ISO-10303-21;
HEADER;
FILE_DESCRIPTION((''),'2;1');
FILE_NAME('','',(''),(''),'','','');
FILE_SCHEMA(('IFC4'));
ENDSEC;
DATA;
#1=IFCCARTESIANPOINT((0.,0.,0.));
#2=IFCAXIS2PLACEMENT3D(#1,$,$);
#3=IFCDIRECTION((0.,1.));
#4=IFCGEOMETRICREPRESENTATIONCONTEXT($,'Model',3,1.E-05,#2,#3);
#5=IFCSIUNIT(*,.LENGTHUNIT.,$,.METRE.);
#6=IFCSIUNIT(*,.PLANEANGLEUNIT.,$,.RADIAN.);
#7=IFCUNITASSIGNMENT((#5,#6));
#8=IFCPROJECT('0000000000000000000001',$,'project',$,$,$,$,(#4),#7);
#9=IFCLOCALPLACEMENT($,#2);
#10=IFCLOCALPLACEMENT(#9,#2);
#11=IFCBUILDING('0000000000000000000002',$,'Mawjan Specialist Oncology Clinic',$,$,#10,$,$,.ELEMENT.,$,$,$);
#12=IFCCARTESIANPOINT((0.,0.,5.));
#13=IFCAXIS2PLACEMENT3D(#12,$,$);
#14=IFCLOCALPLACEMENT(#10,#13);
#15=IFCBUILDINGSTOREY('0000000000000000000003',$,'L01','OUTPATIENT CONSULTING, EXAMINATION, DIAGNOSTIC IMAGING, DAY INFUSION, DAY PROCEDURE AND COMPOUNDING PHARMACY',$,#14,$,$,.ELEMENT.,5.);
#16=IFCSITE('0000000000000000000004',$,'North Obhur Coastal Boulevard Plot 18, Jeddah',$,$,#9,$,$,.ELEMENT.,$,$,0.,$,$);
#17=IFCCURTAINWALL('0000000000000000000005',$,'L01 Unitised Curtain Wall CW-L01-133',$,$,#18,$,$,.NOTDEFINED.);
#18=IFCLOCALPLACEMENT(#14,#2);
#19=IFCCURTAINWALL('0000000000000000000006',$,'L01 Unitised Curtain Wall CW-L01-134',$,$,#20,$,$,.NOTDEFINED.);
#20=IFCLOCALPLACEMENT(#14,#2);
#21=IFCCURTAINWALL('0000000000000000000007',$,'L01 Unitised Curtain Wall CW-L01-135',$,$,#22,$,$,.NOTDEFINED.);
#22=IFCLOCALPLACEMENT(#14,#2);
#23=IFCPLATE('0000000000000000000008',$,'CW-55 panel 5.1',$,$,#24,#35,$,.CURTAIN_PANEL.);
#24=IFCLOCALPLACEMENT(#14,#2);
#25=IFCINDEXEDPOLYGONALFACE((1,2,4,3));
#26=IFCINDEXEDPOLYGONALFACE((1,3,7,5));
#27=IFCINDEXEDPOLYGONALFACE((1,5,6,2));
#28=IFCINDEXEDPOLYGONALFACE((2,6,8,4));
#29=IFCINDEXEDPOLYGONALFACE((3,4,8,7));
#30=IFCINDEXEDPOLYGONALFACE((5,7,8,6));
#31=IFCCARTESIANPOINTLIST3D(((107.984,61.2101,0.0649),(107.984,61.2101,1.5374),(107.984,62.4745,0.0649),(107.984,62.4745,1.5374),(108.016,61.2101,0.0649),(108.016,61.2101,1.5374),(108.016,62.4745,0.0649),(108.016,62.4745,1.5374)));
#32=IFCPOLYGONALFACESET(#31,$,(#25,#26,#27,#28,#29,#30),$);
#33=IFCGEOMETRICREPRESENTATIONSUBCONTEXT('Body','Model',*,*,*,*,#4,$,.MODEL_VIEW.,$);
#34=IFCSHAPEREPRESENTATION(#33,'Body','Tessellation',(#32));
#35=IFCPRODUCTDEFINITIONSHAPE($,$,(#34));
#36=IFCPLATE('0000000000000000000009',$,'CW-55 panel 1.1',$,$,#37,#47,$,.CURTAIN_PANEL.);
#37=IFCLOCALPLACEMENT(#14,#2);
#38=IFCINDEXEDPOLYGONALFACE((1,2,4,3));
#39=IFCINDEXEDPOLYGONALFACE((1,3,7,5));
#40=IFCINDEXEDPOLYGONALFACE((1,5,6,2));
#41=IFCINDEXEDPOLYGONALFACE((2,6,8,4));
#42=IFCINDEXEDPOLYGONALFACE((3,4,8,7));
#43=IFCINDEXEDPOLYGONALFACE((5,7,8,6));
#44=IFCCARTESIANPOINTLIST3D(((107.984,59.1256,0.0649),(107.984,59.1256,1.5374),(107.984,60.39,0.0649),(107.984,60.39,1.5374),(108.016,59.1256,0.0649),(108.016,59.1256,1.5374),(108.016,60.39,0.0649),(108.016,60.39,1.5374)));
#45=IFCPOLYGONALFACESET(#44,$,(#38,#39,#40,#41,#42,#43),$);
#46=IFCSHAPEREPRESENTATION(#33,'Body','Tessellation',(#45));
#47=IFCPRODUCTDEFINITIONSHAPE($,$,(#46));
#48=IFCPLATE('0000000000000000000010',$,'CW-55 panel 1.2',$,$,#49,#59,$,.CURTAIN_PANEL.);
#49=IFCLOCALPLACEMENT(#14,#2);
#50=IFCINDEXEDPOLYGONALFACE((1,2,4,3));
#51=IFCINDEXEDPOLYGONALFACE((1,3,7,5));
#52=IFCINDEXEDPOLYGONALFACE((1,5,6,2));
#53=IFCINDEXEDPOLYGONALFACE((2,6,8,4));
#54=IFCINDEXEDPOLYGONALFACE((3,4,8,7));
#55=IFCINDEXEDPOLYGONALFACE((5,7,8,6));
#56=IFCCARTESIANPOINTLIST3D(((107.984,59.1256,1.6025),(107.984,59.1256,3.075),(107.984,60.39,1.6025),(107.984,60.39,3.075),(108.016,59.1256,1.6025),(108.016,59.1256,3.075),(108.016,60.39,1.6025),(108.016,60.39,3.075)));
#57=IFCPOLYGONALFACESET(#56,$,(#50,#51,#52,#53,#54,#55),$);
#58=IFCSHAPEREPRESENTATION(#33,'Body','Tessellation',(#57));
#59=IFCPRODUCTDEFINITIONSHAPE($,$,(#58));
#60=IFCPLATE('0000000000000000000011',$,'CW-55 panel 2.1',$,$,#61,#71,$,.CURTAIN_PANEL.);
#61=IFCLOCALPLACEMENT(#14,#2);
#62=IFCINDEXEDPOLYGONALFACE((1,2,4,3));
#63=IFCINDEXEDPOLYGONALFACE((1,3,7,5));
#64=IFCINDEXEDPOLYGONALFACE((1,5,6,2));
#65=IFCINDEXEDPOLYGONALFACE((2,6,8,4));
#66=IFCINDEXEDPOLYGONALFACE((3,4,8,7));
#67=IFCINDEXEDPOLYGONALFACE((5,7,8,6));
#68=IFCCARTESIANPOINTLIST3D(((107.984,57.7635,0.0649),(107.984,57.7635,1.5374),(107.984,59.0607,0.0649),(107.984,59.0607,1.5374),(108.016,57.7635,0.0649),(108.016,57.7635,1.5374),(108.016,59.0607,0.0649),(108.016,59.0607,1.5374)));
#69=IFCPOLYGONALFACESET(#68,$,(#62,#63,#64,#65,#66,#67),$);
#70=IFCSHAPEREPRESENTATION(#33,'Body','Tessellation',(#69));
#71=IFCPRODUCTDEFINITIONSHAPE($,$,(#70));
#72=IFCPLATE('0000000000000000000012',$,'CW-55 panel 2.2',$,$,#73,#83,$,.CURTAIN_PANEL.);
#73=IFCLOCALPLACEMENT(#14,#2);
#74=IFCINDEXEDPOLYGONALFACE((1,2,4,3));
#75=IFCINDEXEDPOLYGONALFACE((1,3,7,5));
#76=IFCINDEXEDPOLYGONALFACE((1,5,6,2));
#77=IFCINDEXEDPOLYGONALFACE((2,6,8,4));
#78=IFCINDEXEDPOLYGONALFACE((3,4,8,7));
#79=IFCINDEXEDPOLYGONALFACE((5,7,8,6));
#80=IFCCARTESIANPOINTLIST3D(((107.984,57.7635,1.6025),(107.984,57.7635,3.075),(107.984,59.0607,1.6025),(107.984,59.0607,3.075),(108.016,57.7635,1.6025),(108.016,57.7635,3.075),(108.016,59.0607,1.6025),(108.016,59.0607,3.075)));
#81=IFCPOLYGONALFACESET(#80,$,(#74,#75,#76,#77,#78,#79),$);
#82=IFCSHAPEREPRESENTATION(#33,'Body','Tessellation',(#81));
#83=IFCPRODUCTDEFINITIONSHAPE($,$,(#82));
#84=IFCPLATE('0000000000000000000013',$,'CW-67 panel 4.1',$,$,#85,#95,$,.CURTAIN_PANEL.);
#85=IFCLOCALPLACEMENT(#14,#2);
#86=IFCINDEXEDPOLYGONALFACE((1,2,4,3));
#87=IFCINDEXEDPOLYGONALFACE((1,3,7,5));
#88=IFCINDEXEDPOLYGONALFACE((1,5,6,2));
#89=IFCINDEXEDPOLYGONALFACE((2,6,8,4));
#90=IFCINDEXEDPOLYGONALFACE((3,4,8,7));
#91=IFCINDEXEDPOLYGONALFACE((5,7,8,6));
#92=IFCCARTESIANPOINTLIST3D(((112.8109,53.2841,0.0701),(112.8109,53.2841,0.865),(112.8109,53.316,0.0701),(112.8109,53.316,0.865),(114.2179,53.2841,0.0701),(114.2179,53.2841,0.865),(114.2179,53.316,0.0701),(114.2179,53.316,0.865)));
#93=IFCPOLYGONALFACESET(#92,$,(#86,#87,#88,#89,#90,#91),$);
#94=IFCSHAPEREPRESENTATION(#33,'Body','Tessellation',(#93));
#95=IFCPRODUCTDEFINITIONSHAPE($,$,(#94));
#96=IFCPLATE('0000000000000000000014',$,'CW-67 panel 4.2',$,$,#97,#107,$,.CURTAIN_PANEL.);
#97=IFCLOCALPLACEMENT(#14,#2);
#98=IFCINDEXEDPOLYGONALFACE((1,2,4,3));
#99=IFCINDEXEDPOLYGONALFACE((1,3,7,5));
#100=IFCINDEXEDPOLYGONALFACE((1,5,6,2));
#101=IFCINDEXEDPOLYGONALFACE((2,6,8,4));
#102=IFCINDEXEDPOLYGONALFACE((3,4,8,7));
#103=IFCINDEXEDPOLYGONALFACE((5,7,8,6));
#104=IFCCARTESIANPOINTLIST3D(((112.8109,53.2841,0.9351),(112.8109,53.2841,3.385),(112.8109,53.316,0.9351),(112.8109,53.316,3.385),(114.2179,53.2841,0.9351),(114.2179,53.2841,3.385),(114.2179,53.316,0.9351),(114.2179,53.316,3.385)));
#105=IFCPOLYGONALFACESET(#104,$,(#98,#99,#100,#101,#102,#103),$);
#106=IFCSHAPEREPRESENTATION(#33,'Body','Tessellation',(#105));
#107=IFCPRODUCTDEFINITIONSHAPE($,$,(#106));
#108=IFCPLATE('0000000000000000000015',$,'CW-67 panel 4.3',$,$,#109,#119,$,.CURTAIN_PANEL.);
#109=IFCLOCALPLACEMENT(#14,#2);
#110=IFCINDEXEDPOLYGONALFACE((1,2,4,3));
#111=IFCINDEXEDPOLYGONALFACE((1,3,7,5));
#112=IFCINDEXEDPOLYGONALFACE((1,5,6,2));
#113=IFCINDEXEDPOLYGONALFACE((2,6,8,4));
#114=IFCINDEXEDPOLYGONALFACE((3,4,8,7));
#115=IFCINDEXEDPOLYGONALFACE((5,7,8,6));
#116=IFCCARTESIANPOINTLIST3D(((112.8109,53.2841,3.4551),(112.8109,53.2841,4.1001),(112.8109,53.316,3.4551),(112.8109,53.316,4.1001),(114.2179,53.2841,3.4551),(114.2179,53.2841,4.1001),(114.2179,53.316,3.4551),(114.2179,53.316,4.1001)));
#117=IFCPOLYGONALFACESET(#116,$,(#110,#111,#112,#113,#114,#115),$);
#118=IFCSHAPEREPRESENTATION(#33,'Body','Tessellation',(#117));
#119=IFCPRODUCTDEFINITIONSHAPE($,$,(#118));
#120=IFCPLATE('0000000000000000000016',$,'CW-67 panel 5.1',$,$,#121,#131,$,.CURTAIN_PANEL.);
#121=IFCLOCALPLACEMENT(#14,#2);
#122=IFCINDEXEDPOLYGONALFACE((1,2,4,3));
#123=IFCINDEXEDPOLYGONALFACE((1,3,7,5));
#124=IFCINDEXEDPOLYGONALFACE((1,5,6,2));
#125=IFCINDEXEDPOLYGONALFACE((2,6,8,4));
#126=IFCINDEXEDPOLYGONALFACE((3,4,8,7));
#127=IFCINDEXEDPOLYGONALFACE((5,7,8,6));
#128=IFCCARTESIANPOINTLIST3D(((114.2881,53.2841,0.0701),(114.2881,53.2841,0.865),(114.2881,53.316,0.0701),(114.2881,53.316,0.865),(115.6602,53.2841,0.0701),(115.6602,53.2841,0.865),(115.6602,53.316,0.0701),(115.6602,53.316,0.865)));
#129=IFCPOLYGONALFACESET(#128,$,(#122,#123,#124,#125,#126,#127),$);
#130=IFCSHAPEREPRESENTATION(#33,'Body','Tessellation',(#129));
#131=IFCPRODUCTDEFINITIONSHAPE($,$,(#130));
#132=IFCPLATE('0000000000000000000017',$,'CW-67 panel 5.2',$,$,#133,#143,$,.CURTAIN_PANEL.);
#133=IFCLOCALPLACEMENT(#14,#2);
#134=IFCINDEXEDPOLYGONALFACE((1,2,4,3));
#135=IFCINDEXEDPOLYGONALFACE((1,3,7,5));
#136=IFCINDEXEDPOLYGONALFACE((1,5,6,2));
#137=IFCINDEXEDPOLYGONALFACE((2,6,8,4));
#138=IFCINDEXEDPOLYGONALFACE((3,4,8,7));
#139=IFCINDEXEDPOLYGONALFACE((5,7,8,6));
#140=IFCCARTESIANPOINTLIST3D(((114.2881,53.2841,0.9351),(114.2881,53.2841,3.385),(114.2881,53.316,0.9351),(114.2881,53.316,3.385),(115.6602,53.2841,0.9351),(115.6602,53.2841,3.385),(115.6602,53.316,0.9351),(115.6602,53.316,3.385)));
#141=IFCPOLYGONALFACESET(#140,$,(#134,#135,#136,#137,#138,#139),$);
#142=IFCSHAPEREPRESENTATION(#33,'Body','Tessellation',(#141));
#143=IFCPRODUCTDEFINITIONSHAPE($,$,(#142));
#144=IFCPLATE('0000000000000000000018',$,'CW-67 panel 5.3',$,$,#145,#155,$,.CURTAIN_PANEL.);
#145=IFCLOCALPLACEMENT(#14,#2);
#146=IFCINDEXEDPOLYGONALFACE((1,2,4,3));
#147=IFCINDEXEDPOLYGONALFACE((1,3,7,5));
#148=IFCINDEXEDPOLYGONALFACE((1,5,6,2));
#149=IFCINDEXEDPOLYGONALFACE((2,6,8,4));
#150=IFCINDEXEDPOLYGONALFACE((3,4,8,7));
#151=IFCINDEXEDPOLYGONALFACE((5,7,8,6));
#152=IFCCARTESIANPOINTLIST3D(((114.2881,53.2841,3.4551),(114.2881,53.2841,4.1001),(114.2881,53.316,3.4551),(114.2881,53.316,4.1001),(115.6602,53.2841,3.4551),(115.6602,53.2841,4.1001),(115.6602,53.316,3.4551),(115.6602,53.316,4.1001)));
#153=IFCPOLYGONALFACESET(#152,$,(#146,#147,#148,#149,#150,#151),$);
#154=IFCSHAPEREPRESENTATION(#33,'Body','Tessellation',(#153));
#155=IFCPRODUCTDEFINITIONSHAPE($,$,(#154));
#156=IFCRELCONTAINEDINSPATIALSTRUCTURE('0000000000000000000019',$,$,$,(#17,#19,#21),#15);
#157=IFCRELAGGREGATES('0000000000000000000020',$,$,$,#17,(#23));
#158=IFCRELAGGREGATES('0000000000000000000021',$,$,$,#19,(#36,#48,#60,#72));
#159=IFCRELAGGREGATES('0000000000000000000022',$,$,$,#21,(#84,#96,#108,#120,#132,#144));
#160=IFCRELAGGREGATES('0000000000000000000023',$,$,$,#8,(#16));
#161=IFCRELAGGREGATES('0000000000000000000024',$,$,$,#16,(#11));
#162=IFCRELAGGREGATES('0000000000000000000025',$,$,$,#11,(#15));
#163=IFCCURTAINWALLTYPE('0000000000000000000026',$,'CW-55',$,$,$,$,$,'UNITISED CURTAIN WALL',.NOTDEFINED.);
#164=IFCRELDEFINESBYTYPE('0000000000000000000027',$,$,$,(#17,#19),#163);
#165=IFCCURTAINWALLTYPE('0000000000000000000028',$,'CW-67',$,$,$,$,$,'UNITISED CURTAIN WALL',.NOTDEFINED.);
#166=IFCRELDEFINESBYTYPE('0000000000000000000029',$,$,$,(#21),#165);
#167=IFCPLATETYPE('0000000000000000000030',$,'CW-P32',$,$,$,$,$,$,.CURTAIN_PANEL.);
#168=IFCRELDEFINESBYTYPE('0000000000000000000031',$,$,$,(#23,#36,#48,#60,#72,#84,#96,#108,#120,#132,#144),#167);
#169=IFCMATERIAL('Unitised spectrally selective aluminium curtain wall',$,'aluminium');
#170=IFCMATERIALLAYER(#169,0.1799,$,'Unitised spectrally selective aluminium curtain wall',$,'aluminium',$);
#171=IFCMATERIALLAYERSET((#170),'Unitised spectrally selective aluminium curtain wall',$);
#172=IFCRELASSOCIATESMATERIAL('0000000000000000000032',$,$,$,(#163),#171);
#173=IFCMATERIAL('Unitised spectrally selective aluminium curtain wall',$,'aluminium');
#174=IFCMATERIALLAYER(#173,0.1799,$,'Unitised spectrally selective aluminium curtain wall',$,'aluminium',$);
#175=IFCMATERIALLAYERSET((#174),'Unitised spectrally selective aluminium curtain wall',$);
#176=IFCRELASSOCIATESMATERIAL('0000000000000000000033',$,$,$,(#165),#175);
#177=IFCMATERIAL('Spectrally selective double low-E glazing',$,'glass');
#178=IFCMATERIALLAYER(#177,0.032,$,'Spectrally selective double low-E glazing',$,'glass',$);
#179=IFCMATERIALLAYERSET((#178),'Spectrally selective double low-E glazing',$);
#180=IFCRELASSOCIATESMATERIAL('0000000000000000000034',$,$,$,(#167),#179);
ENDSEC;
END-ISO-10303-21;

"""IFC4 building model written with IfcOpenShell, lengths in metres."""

from ifc_helpers import new_model, si_unit, direction, frame, origin, origin_2d, place, context, subcontext, project, spatial, rectangle, extrude, material, layer, layer_set, type_object, element, aggregate, save


model = new_model("IFC4")

# Units and contexts
model_context = context("Model", 3, precision=1e-05, world=origin(), true_north=direction((0.0, 1.0)))
body_context = subcontext(model_context, "Body", "Model", "MODEL_VIEW")
ifc_project = project(units=[si_unit("LENGTHUNIT", "METRE"), si_unit("PLANEANGLEUNIT", "RADIAN")], contexts=[model_context])

# Site, building, storey
site_placement = place(None, origin())
site = spatial("IfcSite", under=ifc_project, at=site_placement, Name="North Obhur Coastal Boulevard Plot 18, Jeddah", CompositionType="ELEMENT", RefElevation=0.0)
building_placement = place(site_placement, origin())
building = spatial("IfcBuilding", under=site, at=building_placement, Name="Mawjan Specialist Oncology Clinic", CompositionType="ELEMENT")
storey_placement = place(building_placement, frame((0.0, 0.0, 5.0)))
storey = spatial("IfcBuildingStorey", under=building, at=storey_placement, Name="L01", Description="OUTPATIENT CONSULTING, EXAMINATION, DIAGNOSTIC IMAGING, DAY INFUSION, DAY PROCEDURE AND COMPOUNDING PHARMACY", CompositionType="ELEMENT", Elevation=5.0)

# Curtain wall
ifc_material_1 = material(Name="Unitised spectrally selective aluminium curtain wall", Category="aluminium")
ifc_layer_1 = layer(ifc_material_1, 0.1799, Name="Unitised spectrally selective aluminium curtain wall", Category="aluminium")
ifc_layer_set_1 = layer_set([ifc_layer_1], Name="Unitised spectrally selective aluminium curtain wall")
curtain_wall_type_1 = type_object("IfcCurtainWallType", Name="CW-55", ElementType="UNITISED CURTAIN WALL", PredefinedType="NOTDEFINED", material=ifc_layer_set_1)
curtain_wall_1_placement = place(storey_placement, origin())
curtain_wall_1 = element("IfcCurtainWall", 1, at=curtain_wall_1_placement, inside=storey, type_object=curtain_wall_type_1, Name="L01 Unitised Curtain Wall CW-L01-133", PredefinedType="NOTDEFINED")

# Curtain walls
curtain_wall_2_placement = place(storey_placement, origin())
curtain_wall_2 = element("IfcCurtainWall", 2, at=curtain_wall_2_placement, inside=storey, type_object=curtain_wall_type_1, Name="L01 Unitised Curtain Wall CW-L01-134", PredefinedType="NOTDEFINED")
ifc_material_2 = material(Name="Unitised spectrally selective aluminium curtain wall", Category="aluminium")
ifc_layer_2 = layer(ifc_material_2, 0.1799, Name="Unitised spectrally selective aluminium curtain wall", Category="aluminium")
ifc_layer_set_2 = layer_set([ifc_layer_2], Name="Unitised spectrally selective aluminium curtain wall")
curtain_wall_type_2 = type_object("IfcCurtainWallType", Name="CW-67", ElementType="UNITISED CURTAIN WALL", PredefinedType="NOTDEFINED", material=ifc_layer_set_2)
curtain_wall_3_placement = place(storey_placement, origin())
curtain_wall_3 = element("IfcCurtainWall", 3, at=curtain_wall_3_placement, inside=storey, type_object=curtain_wall_type_2, Name="L01 Unitised Curtain Wall CW-L01-135", PredefinedType="NOTDEFINED")

# Plates
ifc_material_3 = material(Name="Spectrally selective double low-E glazing", Category="glass")
ifc_layer_3 = layer(ifc_material_3, 0.032, Name="Spectrally selective double low-E glazing", Category="glass")
ifc_layer_set_3 = layer_set([ifc_layer_3], Name="Spectrally selective double low-E glazing")
plate_type = type_object("IfcPlateType", Name="CW-P32", PredefinedType="CURTAIN_PANEL", material=ifc_layer_set_3)
plate_1_placement = place(storey_placement, frame((108.0, 61.8423, 0.0649), z_axis=(0.0, 0.0, 1.0), x_axis=(0.0, -1.0, 0.0)))
plate_1 = element("IfcPlate", 4, at=plate_1_placement, type_object=plate_type, Name="CW-55 panel 5.1", PredefinedType="CURTAIN_PANEL", context=body_context, shape_type="SweptSolid", body=[
    extrude(rectangle(XDim=1.2644, YDim=0.032, at=origin_2d()), origin(), (0.0, 0.0, 1.0), 1.4724),
])
aggregate(curtain_wall_1, [plate_1])
plate_2_placement = place(storey_placement, frame((108.0, 59.7578, 0.0649), z_axis=(0.0, 0.0, 1.0), x_axis=(0.0, -1.0, 0.0)))
plate_2 = element("IfcPlate", 5, at=plate_2_placement, type_object=plate_type, Name="CW-55 panel 1.1", PredefinedType="CURTAIN_PANEL", context=body_context, shape_type="SweptSolid", body=[
    extrude(rectangle(XDim=1.2644, YDim=0.032, at=origin_2d()), origin(), (0.0, 0.0, 1.0), 1.4724),
])
plate_3_placement = place(storey_placement, frame((108.0, 59.7578, 1.6025), z_axis=(0.0, 0.0, 1.0), x_axis=(0.0, -1.0, 0.0)))
plate_3 = element("IfcPlate", 6, at=plate_3_placement, type_object=plate_type, Name="CW-55 panel 1.2", PredefinedType="CURTAIN_PANEL", context=body_context, shape_type="SweptSolid", body=[
    extrude(rectangle(XDim=1.2644, YDim=0.032, at=origin_2d()), origin(), (0.0, 0.0, 1.0), 1.4724),
])
plate_4_placement = place(storey_placement, frame((108.0, 58.4121, 0.0649), z_axis=(0.0, 0.0, 1.0), x_axis=(0.0, -1.0, 0.0)))
plate_4 = element("IfcPlate", 7, at=plate_4_placement, type_object=plate_type, Name="CW-55 panel 2.1", PredefinedType="CURTAIN_PANEL", context=body_context, shape_type="SweptSolid", body=[
    extrude(rectangle(XDim=1.2971, YDim=0.032, at=origin_2d()), origin(), (0.0, 0.0, 1.0), 1.4724),
])
plate_5_placement = place(storey_placement, frame((108.0, 58.4121, 1.6025), z_axis=(0.0, 0.0, 1.0), x_axis=(0.0, -1.0, 0.0)))
plate_5 = element("IfcPlate", 8, at=plate_5_placement, type_object=plate_type, Name="CW-55 panel 2.2", PredefinedType="CURTAIN_PANEL", context=body_context, shape_type="SweptSolid", body=[
    extrude(rectangle(XDim=1.2971, YDim=0.032, at=origin_2d()), origin(), (0.0, 0.0, 1.0), 1.4724),
])
aggregate(curtain_wall_2, [plate_2, plate_3, plate_4, plate_5])
plate_6_placement = place(storey_placement, frame((113.5144, 53.3, 0.0701), z_axis=(0.0, 0.0, 1.0), x_axis=(1.0, 0.0, 0.0)))
plate_6 = element("IfcPlate", 9, at=plate_6_placement, type_object=plate_type, Name="CW-67 panel 4.1", PredefinedType="CURTAIN_PANEL", context=body_context, shape_type="SweptSolid", body=[
    extrude(rectangle(XDim=1.407, YDim=0.032, at=origin_2d()), origin(), (0.0, 0.0, 1.0), 0.7949),
])
plate_7_placement = place(storey_placement, frame((113.5144, 53.3, 0.9351), z_axis=(0.0, 0.0, 1.0), x_axis=(1.0, 0.0, 0.0)))
plate_7 = element("IfcPlate", 10, at=plate_7_placement, type_object=plate_type, Name="CW-67 panel 4.2", PredefinedType="CURTAIN_PANEL", context=body_context, shape_type="SweptSolid", body=[
    extrude(rectangle(XDim=1.407, YDim=0.032, at=origin_2d()), origin(), (0.0, 0.0, 1.0), 2.45),
])
plate_8_placement = place(storey_placement, frame((113.5144, 53.3, 3.4551), z_axis=(0.0, 0.0, 1.0), x_axis=(1.0, 0.0, 0.0)))
plate_8 = element("IfcPlate", 11, at=plate_8_placement, type_object=plate_type, Name="CW-67 panel 4.3", PredefinedType="CURTAIN_PANEL", context=body_context, shape_type="SweptSolid", body=[
    extrude(rectangle(XDim=1.407, YDim=0.032, at=origin_2d()), origin(), (0.0, 0.0, 1.0), 0.645),
])
plate_9_placement = place(storey_placement, frame((114.9741, 53.3, 0.0701), z_axis=(0.0, 0.0, 1.0), x_axis=(1.0, 0.0, 0.0)))
plate_9 = element("IfcPlate", 12, at=plate_9_placement, type_object=plate_type, Name="CW-67 panel 5.1", PredefinedType="CURTAIN_PANEL", context=body_context, shape_type="SweptSolid", body=[
    extrude(rectangle(XDim=1.3721, YDim=0.032, at=origin_2d()), origin(), (0.0, 0.0, 1.0), 0.7949),
])
plate_10_placement = place(storey_placement, frame((114.9741, 53.3, 0.9351), z_axis=(0.0, 0.0, 1.0), x_axis=(1.0, 0.0, 0.0)))
plate_10 = element("IfcPlate", 13, at=plate_10_placement, type_object=plate_type, Name="CW-67 panel 5.2", PredefinedType="CURTAIN_PANEL", context=body_context, shape_type="SweptSolid", body=[
    extrude(rectangle(XDim=1.3721, YDim=0.032, at=origin_2d()), origin(), (0.0, 0.0, 1.0), 2.45),
])
plate_11_placement = place(storey_placement, frame((114.9741, 53.3, 3.4551), z_axis=(0.0, 0.0, 1.0), x_axis=(1.0, 0.0, 0.0)))
plate_11 = element("IfcPlate", 14, at=plate_11_placement, type_object=plate_type, Name="CW-67 panel 5.3", PredefinedType="CURTAIN_PANEL", context=body_context, shape_type="SweptSolid", body=[
    extrude(rectangle(XDim=1.3721, YDim=0.032, at=origin_2d()), origin(), (0.0, 0.0, 1.0), 0.645),
])
aggregate(curtain_wall_3, [plate_6, plate_7, plate_8, plate_9, plate_10, plate_11])

save(model, "model.ifc")
